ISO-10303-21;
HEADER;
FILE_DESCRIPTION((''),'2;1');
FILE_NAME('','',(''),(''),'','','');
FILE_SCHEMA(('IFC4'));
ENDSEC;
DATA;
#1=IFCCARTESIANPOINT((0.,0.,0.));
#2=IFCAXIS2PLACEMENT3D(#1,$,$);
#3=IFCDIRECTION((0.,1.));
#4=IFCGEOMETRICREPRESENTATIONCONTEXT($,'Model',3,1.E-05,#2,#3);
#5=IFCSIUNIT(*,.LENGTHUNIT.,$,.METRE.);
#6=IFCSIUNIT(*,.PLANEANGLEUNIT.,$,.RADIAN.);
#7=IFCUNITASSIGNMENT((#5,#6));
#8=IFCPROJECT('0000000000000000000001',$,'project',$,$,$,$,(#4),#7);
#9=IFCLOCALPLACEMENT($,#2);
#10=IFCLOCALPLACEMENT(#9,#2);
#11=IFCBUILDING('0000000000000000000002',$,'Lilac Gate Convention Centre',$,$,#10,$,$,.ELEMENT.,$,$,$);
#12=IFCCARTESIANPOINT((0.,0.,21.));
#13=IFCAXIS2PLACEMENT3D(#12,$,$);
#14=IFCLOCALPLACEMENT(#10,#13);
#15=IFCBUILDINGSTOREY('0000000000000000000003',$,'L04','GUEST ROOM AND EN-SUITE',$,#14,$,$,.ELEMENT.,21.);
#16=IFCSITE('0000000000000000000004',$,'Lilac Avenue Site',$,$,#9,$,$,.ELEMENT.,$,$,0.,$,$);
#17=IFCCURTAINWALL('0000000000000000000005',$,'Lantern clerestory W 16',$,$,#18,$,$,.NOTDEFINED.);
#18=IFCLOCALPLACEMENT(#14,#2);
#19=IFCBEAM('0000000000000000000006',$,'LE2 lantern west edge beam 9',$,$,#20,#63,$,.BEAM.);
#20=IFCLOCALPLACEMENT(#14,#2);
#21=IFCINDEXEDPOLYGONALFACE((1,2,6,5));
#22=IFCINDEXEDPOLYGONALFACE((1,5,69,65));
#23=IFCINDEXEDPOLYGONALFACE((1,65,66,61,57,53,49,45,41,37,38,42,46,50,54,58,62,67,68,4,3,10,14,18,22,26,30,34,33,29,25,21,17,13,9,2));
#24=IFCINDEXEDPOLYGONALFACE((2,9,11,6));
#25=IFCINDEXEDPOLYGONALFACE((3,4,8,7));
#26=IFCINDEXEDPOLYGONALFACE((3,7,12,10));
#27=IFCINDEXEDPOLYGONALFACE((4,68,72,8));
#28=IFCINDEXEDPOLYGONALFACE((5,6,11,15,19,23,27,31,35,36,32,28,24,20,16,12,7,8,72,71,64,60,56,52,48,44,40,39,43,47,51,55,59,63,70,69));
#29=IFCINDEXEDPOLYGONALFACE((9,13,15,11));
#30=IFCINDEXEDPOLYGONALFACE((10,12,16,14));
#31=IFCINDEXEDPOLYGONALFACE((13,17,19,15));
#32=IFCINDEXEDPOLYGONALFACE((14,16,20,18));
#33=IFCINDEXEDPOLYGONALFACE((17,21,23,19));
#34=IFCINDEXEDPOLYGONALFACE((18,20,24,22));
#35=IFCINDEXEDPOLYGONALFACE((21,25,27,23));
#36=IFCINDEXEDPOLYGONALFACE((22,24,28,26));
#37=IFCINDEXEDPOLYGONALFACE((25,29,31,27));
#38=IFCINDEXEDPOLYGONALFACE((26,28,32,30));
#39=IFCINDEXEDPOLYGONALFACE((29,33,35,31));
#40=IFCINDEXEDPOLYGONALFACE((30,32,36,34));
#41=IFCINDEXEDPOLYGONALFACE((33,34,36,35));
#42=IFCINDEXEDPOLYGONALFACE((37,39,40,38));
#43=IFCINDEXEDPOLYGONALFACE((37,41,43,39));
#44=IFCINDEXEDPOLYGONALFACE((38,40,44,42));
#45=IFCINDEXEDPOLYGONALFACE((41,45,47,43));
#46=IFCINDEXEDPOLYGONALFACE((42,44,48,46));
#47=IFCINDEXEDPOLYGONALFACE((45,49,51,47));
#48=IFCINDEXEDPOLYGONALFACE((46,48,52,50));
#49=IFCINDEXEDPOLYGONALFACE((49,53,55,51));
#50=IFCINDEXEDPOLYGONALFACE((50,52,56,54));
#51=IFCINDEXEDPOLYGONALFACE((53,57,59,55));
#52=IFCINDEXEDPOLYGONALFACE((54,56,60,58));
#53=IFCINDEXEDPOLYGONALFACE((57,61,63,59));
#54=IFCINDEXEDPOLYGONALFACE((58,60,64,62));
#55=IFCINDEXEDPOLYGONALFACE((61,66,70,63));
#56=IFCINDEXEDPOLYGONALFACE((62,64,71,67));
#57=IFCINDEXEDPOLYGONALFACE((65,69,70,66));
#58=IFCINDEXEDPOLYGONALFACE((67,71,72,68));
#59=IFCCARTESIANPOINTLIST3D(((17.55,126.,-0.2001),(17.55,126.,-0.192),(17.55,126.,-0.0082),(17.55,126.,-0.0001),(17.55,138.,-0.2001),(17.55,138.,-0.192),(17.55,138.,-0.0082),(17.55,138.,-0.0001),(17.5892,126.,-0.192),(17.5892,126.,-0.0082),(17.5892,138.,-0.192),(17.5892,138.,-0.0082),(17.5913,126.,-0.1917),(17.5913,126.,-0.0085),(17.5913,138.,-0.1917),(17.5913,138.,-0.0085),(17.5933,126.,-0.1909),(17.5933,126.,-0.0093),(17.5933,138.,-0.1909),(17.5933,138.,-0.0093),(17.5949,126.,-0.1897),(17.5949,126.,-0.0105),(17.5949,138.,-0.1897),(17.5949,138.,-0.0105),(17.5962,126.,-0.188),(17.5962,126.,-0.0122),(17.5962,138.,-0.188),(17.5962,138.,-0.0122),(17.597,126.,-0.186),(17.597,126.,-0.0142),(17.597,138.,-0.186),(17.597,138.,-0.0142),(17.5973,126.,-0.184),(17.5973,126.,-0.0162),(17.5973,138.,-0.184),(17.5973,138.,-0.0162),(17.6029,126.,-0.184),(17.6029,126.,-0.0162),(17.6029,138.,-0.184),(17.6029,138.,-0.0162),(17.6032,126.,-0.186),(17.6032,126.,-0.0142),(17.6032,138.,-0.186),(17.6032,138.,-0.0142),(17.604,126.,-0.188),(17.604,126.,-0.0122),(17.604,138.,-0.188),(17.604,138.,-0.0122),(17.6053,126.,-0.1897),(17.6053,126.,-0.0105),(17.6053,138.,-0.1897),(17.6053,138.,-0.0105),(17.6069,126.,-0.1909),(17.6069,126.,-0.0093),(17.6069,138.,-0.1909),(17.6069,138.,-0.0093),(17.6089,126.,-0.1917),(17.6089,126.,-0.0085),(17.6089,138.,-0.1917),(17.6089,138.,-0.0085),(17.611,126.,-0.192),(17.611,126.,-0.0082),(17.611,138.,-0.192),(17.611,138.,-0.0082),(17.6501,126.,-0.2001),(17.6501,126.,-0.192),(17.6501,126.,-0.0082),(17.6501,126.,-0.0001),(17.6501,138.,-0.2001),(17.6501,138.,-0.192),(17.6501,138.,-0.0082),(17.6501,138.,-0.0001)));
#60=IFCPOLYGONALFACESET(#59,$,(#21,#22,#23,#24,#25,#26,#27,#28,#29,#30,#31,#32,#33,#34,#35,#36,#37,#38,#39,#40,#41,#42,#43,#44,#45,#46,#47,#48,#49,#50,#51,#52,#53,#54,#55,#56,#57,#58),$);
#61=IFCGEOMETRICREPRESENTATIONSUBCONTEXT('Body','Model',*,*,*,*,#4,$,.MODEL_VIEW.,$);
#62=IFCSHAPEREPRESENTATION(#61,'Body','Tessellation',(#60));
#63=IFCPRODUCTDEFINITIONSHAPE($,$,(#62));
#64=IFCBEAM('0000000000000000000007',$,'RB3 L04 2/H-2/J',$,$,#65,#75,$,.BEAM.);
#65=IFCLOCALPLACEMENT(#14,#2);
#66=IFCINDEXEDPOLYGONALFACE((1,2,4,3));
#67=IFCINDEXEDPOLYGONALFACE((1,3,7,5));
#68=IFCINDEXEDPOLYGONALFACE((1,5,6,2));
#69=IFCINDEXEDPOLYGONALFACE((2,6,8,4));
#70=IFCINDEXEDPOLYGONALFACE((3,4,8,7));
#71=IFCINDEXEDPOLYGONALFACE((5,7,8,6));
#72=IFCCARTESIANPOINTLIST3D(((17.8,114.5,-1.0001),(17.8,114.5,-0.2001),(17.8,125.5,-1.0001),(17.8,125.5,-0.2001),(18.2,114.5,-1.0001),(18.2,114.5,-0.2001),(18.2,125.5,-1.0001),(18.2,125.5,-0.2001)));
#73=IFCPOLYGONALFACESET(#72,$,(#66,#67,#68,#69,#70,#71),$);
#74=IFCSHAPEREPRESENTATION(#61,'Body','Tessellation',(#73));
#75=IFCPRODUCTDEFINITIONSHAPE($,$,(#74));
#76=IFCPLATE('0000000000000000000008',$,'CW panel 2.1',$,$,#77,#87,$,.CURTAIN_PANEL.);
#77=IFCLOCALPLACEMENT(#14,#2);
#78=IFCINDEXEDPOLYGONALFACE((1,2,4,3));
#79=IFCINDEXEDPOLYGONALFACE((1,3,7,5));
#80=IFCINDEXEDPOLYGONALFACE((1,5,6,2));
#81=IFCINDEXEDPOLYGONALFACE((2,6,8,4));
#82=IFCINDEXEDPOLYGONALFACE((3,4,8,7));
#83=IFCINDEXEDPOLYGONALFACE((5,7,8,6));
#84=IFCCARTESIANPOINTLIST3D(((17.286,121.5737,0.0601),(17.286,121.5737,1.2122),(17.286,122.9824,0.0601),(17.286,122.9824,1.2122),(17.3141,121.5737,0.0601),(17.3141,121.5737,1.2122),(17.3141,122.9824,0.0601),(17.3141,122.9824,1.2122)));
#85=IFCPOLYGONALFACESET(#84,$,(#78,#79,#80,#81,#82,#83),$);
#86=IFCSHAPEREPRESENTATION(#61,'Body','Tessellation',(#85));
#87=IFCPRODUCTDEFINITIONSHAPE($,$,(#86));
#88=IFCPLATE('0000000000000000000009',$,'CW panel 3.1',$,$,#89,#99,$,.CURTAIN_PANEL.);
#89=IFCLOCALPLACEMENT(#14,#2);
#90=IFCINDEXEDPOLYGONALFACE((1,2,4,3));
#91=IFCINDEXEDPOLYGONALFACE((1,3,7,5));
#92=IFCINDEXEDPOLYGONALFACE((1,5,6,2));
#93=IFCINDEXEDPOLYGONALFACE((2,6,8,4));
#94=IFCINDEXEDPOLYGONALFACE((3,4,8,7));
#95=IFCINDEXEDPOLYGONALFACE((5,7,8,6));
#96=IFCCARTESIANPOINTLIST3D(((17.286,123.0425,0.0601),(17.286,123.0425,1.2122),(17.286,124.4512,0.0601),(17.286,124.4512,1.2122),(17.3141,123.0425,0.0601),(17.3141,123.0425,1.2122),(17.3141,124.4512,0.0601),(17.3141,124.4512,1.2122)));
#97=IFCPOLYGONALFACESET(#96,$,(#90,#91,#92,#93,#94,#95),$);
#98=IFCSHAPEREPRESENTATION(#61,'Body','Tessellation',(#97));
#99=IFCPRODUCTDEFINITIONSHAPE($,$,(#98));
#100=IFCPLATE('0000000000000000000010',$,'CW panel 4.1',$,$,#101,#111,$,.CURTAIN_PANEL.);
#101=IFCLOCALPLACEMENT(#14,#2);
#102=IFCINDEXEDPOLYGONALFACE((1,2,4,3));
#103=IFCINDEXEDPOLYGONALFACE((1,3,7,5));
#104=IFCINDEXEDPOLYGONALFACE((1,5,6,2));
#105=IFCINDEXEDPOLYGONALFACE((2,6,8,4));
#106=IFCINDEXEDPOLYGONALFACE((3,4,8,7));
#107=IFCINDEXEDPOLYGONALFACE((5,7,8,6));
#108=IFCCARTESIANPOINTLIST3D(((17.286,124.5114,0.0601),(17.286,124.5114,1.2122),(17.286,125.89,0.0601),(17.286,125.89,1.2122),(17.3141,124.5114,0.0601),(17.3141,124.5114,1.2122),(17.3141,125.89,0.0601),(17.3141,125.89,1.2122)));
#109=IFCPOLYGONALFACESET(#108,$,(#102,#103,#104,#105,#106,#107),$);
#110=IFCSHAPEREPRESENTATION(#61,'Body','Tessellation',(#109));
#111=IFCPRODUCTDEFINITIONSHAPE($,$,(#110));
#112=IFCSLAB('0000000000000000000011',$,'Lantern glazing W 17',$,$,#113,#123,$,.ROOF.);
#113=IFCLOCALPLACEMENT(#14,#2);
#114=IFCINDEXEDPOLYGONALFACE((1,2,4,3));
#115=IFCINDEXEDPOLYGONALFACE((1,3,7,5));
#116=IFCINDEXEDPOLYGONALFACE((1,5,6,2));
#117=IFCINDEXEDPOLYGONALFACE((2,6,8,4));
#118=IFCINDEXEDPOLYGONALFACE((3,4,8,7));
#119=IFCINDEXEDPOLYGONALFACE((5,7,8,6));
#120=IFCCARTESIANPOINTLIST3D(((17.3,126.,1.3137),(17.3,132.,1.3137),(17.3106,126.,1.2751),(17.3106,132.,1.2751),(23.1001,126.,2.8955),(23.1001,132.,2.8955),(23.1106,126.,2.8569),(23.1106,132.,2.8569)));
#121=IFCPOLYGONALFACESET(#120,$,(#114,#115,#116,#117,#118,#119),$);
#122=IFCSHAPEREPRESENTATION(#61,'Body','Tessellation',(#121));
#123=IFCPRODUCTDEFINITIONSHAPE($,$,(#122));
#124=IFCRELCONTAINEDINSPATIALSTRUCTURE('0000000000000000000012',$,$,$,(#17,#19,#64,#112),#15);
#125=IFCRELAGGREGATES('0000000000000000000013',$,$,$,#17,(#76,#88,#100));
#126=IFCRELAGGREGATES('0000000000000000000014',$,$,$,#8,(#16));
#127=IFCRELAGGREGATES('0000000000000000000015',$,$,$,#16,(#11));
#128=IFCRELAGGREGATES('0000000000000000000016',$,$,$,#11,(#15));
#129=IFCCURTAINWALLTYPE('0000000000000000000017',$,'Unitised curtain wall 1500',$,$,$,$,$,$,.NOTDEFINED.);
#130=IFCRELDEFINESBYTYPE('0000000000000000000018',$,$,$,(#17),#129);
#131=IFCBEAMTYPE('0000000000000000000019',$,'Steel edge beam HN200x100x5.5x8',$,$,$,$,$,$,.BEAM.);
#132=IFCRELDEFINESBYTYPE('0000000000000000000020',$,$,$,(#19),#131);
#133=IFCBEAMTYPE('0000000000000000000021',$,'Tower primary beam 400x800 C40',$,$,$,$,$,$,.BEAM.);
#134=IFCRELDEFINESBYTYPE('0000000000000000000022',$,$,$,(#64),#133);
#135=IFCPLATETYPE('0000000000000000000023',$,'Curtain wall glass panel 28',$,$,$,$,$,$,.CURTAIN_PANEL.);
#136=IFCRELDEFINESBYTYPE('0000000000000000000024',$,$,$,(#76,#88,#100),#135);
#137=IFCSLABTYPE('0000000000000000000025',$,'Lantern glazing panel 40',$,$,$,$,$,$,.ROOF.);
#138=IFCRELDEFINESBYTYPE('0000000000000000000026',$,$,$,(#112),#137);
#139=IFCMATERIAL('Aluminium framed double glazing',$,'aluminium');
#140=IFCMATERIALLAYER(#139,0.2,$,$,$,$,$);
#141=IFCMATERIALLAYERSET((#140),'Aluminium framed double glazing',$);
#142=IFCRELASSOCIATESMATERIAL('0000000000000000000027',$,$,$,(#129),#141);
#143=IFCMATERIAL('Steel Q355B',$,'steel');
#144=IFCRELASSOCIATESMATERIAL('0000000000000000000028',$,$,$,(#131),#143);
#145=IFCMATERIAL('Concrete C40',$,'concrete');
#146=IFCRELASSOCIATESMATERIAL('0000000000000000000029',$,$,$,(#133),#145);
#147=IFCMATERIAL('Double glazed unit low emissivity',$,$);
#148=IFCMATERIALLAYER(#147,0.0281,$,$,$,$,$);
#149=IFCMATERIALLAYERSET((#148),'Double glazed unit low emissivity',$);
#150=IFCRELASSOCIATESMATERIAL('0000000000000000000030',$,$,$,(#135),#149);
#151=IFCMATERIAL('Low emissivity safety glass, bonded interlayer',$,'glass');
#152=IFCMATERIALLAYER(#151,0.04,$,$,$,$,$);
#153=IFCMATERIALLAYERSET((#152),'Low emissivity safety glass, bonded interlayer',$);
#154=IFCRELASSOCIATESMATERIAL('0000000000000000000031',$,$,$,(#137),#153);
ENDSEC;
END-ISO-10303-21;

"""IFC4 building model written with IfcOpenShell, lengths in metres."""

from ifc_helpers import new_model, si_unit, direction, frame, origin, origin_2d, place, context, subcontext, project, spatial, polyline, rectangle, i_section, outline, extrude, material, layer, layer_set, material_profile, profile_set, type_object, element, aggregate, save


model = new_model("IFC4")

# Units and contexts
model_context = context("Model", 3, precision=1e-05, world=origin(), true_north=direction((0.0, 1.0)))
body_context = subcontext(model_context, "Body", "Model", "MODEL_VIEW")
ifc_project = project(units=[si_unit("LENGTHUNIT", "METRE"), si_unit("PLANEANGLEUNIT", "RADIAN")], contexts=[model_context])

# Site, building, storey
site_placement = place(None, origin())
site = spatial("IfcSite", under=ifc_project, at=site_placement, Name="Lilac Avenue Site", CompositionType="ELEMENT", RefElevation=0.0)
building_placement = place(site_placement, origin())
building = spatial("IfcBuilding", under=site, at=building_placement, Name="Lilac Gate Convention Centre", CompositionType="ELEMENT")
storey_placement = place(building_placement, frame((0.0, 0.0, 21.0)))
storey = spatial("IfcBuildingStorey", under=building, at=storey_placement, Name="L04", Description="GUEST ROOM AND EN-SUITE", CompositionType="ELEMENT", Elevation=21.0)

# Curtain wall
ifc_material_1 = material(Name="Aluminium framed double glazing", Category="aluminium")
ifc_layer_1 = layer(ifc_material_1, 0.2)
ifc_layer_set_1 = layer_set([ifc_layer_1], Name="Aluminium framed double glazing")
curtain_wall_type = type_object("IfcCurtainWallType", Name="Unitised curtain wall 1500", PredefinedType="NOTDEFINED", material=ifc_layer_set_1)
curtain_wall_placement = place(storey_placement, origin())
curtain_wall = element("IfcCurtainWall", 1, at=curtain_wall_placement, inside=storey, type_object=curtain_wall_type, Name="Lantern clerestory W 16", PredefinedType="NOTDEFINED")

# Shared definitions
ifc_material_2 = material(Name="Steel Q355B", Category="steel")

# Beams
ifc_material_profile_1 = material_profile(ifc_material_2, i_section(OverallWidth=0.1001, OverallDepth=0.2, WebThickness=0.0056, FlangeThickness=0.0081, FilletRadius=0.0081, at=origin_2d()), Name="HN200x100x5.5x8")
ifc_profile_set_1 = profile_set([ifc_material_profile_1], Name="Steel Q355B")
beam_type_1 = type_object("IfcBeamType", Name="Steel edge beam HN200x100x5.5x8", PredefinedType="BEAM", material=ifc_profile_set_1)
for number, where, z_axis, x_axis, name in (
    (2, (17.6001, 126.0, -0.1001), (0.0, 1.0, 0.0), (-1.0, 0.0, 0.0), "LE2 lantern west edge beam 9"),
):
    element("IfcBeam", number, at=place(storey_placement, frame(where, z_axis=z_axis, x_axis=x_axis)), inside=storey, type_object=beam_type_1, Name=name, PredefinedType="BEAM", context=body_context, shape_type="SweptSolid", body=[
        extrude(i_section(OverallWidth=0.1001, OverallDepth=0.2, WebThickness=0.0056, FlangeThickness=0.0081, FilletRadius=0.0081, at=origin_2d()), origin(), (0.0, 0.0, 1.0), 12.0),
    ])
ifc_material_3 = material(Name="Concrete C40", Category="concrete")
ifc_material_profile_2 = material_profile(ifc_material_3, rectangle(XDim=0.3999, YDim=0.8, at=origin_2d()), Name="RC 400x800")
ifc_profile_set_2 = profile_set([ifc_material_profile_2], Name="Concrete C40")
beam_type_2 = type_object("IfcBeamType", Name="Tower primary beam 400x800 C40", PredefinedType="BEAM", material=ifc_profile_set_2)
beam_placement = place(storey_placement, frame((18.0, 114.5, -0.6001), z_axis=(0.0, 1.0, 0.0), x_axis=(-1.0, 0.0, 0.0)))
element("IfcBeam", 3, at=beam_placement, inside=storey, type_object=beam_type_2, Name="RB3 L04 2/H-2/J", PredefinedType="BEAM", context=body_context, shape_type="SweptSolid", body=[
    extrude(rectangle(XDim=0.3999, YDim=0.8, at=origin_2d()), origin(), (0.0, 0.0, 1.0), 11.0),
])

# Plates
ifc_material_4 = material(Name="Double glazed unit low emissivity")
ifc_layer_2 = layer(ifc_material_4, 0.0281)
ifc_layer_set_2 = layer_set([ifc_layer_2], Name="Double glazed unit low emissivity")
plate_type = type_object("IfcPlateType", Name="Curtain wall glass panel 28", PredefinedType="CURTAIN_PANEL", material=ifc_layer_set_2)
plate_1_placement = place(storey_placement, frame((17.3, 122.2781, 0.0601), z_axis=(0.0, 0.0, 1.0), x_axis=(0.0, 1.0, 0.0)))
plate_1 = element("IfcPlate", 4, at=plate_1_placement, type_object=plate_type, Name="CW panel 2.1", PredefinedType="CURTAIN_PANEL", context=body_context, shape_type="SweptSolid", body=[
    extrude(rectangle(XDim=1.4087, YDim=0.0281, at=origin_2d()), origin(), (0.0, 0.0, 1.0), 1.1521),
])
plate_2_placement = place(storey_placement, frame((17.3, 123.7468, 0.0601), z_axis=(0.0, 0.0, 1.0), x_axis=(0.0, 1.0, 0.0)))
plate_2 = element("IfcPlate", 5, at=plate_2_placement, type_object=plate_type, Name="CW panel 3.1", PredefinedType="CURTAIN_PANEL", context=body_context, shape_type="SweptSolid", body=[
    extrude(rectangle(XDim=1.4087, YDim=0.0281, at=origin_2d()), origin(), (0.0, 0.0, 1.0), 1.1521),
])
plate_3_placement = place(storey_placement, frame((17.3, 125.2007, 0.0601), z_axis=(0.0, 0.0, 1.0), x_axis=(0.0, 1.0, 0.0)))
plate_3 = element("IfcPlate", 6, at=plate_3_placement, type_object=plate_type, Name="CW panel 4.1", PredefinedType="CURTAIN_PANEL", context=body_context, shape_type="SweptSolid", body=[
    extrude(rectangle(XDim=1.3787, YDim=0.0281, at=origin_2d()), origin(), (0.0, 0.0, 1.0), 1.1521),
])
aggregate(curtain_wall, [plate_1, plate_2, plate_3])

# Slab
ifc_material_5 = material(Name="Low emissivity safety glass, bonded interlayer", Category="glass")
ifc_layer_3 = layer(ifc_material_5, 0.04)
ifc_layer_set_3 = layer_set([ifc_layer_3], Name="Low emissivity safety glass, bonded interlayer")
slab_type = type_object("IfcSlabType", Name="Lantern glazing panel 40", PredefinedType="ROOF", material=ifc_layer_set_3)
slab_placement = place(storey_placement, frame((17.3, 126.0, 1.3137), z_axis=(-0.263111, 0.0, 0.964766), x_axis=(0.964766, 0.0, 0.263111)))
element("IfcSlab", 7, at=slab_placement, inside=storey, type_object=slab_type, Name="Lantern glazing W 17", PredefinedType="ROOF", context=body_context, shape_type="SweptSolid", body=[
    extrude(outline(polyline([(0.0, 0.0), (6.0119, 0.0), (6.0119, 6.0), (0.0, 6.0), (0.0, 0.0)])), origin(), (0.0, 0.0, -1.0), 0.04),
])

save(model, "model.ifc")
